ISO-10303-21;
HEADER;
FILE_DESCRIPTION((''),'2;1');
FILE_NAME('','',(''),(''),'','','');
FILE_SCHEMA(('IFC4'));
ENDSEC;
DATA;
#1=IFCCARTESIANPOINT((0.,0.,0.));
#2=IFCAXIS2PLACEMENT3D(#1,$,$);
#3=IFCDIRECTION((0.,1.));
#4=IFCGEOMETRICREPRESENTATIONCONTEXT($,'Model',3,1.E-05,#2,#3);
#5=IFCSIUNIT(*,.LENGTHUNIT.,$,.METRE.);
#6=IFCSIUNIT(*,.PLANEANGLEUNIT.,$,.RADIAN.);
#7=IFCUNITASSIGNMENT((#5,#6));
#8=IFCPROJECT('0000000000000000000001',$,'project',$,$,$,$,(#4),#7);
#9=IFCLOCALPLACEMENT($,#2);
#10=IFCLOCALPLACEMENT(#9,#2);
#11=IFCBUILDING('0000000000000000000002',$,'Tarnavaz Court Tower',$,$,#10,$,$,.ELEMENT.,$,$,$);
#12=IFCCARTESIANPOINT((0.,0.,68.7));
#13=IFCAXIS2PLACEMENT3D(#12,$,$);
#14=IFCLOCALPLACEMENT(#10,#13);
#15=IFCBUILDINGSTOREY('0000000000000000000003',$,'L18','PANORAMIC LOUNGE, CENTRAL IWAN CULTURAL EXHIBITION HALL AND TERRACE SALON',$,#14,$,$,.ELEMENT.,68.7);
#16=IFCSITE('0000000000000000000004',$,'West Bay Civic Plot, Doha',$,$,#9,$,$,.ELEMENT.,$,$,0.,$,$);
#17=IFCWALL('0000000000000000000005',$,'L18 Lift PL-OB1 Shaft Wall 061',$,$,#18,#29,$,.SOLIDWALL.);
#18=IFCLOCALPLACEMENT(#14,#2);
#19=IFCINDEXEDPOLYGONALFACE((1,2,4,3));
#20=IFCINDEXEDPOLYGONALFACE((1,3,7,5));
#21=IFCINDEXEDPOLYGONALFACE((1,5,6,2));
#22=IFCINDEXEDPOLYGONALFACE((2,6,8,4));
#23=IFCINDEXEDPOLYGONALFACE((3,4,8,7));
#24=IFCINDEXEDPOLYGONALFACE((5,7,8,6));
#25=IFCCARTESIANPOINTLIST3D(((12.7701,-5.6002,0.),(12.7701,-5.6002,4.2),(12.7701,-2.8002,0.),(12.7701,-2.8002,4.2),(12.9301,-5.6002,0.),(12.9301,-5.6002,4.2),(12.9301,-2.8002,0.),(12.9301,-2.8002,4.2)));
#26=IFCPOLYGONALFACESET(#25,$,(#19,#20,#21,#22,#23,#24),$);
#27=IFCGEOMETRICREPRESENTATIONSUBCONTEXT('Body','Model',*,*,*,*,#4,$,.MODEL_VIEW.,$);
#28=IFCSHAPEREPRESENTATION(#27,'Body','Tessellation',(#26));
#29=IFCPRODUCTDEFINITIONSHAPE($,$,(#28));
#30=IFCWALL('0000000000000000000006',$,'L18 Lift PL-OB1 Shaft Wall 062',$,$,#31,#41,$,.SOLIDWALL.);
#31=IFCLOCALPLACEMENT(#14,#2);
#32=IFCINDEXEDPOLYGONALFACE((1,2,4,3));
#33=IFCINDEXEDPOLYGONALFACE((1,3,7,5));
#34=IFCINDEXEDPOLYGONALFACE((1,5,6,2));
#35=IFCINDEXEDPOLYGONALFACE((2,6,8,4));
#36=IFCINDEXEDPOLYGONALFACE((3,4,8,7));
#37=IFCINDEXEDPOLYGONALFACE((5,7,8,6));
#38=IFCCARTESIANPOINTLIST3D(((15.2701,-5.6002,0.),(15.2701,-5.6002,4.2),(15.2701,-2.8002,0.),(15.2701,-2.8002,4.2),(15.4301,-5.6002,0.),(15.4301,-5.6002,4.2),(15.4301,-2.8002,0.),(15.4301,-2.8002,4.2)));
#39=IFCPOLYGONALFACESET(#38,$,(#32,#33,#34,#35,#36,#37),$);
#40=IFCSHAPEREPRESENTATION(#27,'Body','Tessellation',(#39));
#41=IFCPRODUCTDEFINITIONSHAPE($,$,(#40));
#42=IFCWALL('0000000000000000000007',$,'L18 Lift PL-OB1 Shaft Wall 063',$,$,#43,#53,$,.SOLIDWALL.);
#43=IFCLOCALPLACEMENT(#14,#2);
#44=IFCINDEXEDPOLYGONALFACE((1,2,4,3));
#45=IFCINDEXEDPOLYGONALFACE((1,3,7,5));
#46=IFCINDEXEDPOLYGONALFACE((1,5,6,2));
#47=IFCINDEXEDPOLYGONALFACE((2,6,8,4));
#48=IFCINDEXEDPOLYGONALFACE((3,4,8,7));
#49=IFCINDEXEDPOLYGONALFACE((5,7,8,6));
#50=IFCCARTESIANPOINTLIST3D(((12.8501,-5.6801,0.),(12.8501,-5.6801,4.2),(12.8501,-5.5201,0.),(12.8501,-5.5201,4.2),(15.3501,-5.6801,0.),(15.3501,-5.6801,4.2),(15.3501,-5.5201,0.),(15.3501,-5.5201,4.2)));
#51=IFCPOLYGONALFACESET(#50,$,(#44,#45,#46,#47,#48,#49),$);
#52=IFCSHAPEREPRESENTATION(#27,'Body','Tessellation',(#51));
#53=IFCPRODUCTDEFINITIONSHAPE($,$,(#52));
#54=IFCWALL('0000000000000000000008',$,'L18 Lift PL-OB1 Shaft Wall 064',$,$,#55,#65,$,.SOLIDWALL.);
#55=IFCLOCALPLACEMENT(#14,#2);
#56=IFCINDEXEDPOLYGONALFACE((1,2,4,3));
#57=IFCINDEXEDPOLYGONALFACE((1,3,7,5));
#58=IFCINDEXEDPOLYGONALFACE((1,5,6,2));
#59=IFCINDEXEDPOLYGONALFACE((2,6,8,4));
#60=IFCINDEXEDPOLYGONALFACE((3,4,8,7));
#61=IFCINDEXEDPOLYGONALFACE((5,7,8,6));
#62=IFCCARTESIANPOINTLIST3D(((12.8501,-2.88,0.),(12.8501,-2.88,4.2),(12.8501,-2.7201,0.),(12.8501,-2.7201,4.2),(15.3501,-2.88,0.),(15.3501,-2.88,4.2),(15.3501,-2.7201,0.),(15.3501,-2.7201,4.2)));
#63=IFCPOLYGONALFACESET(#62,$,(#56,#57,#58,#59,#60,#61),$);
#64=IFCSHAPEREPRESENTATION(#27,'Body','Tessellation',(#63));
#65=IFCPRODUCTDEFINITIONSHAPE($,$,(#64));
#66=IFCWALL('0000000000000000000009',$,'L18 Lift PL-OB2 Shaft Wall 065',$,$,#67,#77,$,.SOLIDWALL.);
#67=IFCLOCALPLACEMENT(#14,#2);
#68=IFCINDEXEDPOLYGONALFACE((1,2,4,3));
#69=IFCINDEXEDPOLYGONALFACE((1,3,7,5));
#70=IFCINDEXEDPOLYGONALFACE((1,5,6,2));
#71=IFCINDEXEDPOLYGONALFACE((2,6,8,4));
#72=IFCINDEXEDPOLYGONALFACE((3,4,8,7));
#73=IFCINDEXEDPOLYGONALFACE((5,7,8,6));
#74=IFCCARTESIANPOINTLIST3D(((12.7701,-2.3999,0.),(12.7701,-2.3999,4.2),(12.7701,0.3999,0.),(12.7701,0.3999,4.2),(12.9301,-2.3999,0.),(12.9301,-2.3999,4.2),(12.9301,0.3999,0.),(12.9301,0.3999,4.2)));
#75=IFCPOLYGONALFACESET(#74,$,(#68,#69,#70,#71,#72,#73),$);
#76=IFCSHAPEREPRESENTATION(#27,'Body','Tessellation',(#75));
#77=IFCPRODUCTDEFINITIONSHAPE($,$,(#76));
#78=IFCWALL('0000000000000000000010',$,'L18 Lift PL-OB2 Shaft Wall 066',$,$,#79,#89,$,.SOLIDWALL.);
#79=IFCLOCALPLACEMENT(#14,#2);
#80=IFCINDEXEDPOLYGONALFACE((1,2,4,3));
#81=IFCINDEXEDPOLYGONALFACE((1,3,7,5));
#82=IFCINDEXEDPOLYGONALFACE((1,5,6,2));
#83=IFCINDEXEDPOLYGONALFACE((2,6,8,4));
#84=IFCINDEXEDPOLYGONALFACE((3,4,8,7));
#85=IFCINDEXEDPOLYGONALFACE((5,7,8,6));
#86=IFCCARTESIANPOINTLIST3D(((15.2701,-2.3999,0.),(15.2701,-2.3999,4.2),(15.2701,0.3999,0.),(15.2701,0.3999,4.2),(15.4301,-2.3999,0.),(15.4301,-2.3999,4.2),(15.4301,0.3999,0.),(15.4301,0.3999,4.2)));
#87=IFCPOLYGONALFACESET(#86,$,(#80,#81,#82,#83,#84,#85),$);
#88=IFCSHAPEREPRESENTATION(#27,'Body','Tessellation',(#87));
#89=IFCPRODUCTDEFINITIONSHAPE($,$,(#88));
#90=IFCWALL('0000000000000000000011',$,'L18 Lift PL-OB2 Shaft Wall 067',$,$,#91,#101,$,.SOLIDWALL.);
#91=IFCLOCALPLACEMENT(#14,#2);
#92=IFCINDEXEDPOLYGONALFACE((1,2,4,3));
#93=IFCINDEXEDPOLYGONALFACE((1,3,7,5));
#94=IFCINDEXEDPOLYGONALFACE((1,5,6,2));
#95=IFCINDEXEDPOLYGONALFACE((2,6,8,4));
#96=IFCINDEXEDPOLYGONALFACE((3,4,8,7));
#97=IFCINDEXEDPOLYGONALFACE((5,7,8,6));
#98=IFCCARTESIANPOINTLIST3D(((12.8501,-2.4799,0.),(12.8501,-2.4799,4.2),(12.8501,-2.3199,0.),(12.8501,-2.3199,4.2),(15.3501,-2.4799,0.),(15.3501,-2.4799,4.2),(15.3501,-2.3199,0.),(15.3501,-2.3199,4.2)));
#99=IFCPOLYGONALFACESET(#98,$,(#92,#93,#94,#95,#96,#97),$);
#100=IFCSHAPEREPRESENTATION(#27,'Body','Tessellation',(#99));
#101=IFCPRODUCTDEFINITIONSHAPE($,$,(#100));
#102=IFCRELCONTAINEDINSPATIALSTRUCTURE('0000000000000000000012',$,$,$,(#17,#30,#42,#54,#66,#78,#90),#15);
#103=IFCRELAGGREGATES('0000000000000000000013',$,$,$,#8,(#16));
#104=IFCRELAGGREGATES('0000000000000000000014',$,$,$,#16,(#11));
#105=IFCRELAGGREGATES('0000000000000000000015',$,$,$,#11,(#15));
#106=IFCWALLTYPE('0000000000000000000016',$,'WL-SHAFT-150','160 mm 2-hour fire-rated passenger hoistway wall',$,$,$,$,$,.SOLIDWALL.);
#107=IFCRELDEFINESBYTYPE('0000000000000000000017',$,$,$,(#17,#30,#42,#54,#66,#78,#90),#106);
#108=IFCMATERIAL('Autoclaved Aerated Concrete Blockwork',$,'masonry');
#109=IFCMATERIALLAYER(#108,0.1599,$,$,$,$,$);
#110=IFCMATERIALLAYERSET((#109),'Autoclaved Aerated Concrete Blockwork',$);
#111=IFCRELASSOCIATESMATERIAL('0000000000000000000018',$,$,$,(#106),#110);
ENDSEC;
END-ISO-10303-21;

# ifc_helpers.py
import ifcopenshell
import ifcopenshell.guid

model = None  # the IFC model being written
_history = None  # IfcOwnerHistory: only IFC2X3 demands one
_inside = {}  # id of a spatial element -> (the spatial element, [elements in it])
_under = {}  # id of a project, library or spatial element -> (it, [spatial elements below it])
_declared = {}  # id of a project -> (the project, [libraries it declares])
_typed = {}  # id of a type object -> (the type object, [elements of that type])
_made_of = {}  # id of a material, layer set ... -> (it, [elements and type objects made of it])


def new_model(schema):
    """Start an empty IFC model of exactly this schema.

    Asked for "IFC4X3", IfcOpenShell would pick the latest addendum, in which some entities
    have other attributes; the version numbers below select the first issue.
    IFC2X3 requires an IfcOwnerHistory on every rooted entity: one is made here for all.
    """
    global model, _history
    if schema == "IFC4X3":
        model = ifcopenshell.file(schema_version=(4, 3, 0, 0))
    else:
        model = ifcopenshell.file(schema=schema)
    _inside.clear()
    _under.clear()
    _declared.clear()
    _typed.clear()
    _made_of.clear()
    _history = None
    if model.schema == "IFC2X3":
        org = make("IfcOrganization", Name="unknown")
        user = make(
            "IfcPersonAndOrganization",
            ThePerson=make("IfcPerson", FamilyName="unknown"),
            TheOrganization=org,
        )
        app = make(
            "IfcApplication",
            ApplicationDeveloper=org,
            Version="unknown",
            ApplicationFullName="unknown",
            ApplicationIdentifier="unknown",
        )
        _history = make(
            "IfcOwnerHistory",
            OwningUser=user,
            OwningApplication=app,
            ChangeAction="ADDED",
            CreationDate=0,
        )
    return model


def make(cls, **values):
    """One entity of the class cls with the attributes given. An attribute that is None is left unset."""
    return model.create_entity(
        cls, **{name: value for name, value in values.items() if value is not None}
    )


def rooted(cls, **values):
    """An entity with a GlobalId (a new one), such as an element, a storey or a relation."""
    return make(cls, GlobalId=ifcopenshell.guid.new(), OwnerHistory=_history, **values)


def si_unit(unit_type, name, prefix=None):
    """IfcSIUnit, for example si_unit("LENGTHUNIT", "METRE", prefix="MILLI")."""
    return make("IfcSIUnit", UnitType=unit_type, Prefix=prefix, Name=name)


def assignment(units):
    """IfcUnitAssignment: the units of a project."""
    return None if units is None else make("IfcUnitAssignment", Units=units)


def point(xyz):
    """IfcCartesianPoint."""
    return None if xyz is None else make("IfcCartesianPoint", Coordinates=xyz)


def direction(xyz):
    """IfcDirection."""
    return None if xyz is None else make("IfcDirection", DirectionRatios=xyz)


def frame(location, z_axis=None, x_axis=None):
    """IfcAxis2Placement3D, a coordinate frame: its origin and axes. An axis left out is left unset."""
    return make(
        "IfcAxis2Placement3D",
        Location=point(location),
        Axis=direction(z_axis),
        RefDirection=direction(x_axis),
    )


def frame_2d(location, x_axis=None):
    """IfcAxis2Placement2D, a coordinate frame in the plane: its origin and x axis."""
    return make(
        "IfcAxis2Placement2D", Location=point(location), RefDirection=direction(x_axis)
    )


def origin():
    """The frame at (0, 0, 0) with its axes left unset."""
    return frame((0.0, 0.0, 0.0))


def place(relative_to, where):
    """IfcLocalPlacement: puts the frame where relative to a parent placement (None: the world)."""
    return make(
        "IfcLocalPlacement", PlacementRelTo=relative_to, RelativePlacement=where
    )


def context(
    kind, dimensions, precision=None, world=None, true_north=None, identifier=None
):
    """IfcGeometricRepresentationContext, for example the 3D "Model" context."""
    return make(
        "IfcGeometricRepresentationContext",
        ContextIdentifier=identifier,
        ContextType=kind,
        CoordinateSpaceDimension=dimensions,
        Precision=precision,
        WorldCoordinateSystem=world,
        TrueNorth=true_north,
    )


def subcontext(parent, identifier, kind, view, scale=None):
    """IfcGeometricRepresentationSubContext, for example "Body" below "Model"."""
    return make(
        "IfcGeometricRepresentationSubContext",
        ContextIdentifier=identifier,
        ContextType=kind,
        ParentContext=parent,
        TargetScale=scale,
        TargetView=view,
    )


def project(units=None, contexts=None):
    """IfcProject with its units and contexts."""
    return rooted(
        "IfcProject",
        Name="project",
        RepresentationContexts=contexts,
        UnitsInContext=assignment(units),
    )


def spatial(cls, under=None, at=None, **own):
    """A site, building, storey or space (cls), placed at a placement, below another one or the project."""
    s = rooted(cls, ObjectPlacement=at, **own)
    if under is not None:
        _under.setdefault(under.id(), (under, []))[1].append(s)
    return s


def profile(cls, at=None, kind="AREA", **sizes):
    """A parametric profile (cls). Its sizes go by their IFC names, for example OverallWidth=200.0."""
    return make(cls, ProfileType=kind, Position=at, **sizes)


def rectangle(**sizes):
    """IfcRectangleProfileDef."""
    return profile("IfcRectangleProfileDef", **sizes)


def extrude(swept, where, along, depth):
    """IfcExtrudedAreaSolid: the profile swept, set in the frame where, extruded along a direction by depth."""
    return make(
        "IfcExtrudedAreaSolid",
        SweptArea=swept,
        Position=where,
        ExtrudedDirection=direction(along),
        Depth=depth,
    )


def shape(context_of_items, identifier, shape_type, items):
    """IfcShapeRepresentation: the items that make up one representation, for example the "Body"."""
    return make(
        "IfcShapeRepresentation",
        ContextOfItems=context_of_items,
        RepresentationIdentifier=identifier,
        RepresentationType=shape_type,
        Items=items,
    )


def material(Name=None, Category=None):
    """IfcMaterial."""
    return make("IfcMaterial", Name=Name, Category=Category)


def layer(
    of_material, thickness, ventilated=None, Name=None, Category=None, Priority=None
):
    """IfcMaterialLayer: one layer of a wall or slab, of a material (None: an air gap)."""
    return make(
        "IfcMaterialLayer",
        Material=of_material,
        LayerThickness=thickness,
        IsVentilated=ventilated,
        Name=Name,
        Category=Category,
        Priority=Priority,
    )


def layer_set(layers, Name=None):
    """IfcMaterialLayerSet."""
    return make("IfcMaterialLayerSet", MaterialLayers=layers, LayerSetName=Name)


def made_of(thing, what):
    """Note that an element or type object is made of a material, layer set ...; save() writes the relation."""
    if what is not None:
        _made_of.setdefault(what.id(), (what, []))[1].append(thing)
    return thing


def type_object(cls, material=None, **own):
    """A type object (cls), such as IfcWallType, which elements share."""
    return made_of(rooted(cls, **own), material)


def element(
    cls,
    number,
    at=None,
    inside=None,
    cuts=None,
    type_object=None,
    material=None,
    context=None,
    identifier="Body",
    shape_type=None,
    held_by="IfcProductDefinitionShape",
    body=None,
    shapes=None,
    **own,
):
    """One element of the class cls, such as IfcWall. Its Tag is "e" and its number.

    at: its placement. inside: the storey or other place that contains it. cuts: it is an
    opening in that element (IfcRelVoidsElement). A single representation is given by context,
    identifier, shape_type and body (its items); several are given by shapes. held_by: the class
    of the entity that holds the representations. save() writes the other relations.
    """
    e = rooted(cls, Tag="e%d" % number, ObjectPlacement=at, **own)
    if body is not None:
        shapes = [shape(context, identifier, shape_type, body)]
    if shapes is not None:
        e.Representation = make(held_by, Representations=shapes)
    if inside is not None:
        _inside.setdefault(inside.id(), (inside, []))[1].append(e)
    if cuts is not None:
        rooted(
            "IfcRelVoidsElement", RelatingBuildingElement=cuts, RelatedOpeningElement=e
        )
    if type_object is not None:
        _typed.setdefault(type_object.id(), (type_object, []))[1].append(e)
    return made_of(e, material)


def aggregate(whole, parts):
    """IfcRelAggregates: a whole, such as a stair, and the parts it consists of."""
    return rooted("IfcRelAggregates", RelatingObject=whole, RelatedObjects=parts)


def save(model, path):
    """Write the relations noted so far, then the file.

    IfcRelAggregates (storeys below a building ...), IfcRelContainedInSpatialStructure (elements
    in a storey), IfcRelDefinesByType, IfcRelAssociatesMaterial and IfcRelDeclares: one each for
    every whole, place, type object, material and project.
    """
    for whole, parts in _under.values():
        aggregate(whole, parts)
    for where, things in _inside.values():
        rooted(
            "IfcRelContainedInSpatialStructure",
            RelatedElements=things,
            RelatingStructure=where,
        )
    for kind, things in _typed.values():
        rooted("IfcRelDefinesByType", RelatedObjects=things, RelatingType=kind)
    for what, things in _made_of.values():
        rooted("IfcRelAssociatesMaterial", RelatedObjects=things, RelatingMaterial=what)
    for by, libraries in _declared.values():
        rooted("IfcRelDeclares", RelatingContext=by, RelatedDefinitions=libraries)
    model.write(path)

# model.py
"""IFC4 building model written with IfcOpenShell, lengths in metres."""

from ifc_helpers import new_model, si_unit, direction, frame, frame_2d, origin, place, context, subcontext, project, spatial, rectangle, extrude, material, layer, layer_set, type_object, element, save


model = new_model("IFC4")

# Units and contexts
model_context = context("Model", 3, precision=1e-05, world=origin(), true_north=direction((0.0, 1.0)))
body_context = subcontext(model_context, "Body", "Model", "MODEL_VIEW")
ifc_project = project(units=[si_unit("LENGTHUNIT", "METRE"), si_unit("PLANEANGLEUNIT", "RADIAN")], contexts=[model_context])

# Site, building, storey
site_placement = place(None, origin())
site = spatial("IfcSite", under=ifc_project, at=site_placement, Name="West Bay Civic Plot, Doha", CompositionType="ELEMENT", RefElevation=0.0)
building_placement = place(site_placement, origin())
building = spatial("IfcBuilding", under=site, at=building_placement, Name="Tarnavaz Court Tower", CompositionType="ELEMENT")
storey_placement = place(building_placement, frame((0.0, 0.0, 68.7)))
storey = spatial("IfcBuildingStorey", under=building, at=storey_placement, Name="L18", Description="PANORAMIC LOUNGE, CENTRAL IWAN CULTURAL EXHIBITION HALL AND TERRACE SALON", CompositionType="ELEMENT", Elevation=68.7)

# Walls
ifc_material_1 = material(Name="Autoclaved Aerated Concrete Blockwork", Category="masonry")
ifc_layer_1 = layer(ifc_material_1, 0.1599)
ifc_layer_set_1 = layer_set([ifc_layer_1], Name="Autoclaved Aerated Concrete Blockwork")
wall_type_1 = type_object("IfcWallType", Name="WL-SHAFT-150", Description="160 mm 2-hour fire-rated passenger hoistway wall", PredefinedType="SOLIDWALL", material=ifc_layer_set_1)
for number, where, z_axis, x_axis, name in (
    (1, (12.8501, -5.6001, 0.0), (0.0, 0.0, 1.0), (0.0, 1.0, 0.0), "L18 Lift PL-OB1 Shaft Wall 061"),
    (2, (15.3501, -5.6001, 0.0), (0.0, 0.0, 1.0), (0.0, 1.0, 0.0), "L18 Lift PL-OB1 Shaft Wall 062"),
):
    element("IfcWall", number, at=place(storey_placement, frame(where, z_axis=z_axis, x_axis=x_axis)), inside=storey, type_object=wall_type_1, Name=name, PredefinedType="SOLIDWALL", context=body_context, shape_type="SweptSolid", body=[
        extrude(rectangle(XDim=2.8, YDim=0.1599, at=frame_2d((1.3999, 0.0))), origin(), (0.0, 0.0, 1.0), 4.2),
    ])
for number, where, z_axis, x_axis, name in (
    (3, (12.8501, -5.6001, 0.0), (0.0, 0.0, 1.0), (1.0, 0.0, 0.0), "L18 Lift PL-OB1 Shaft Wall 063"),
    (4, (12.8501, -2.8, 0.0), (0.0, 0.0, 1.0), (1.0, 0.0, 0.0), "L18 Lift PL-OB1 Shaft Wall 064"),
):
    element("IfcWall", number, at=place(storey_placement, frame(where, z_axis=z_axis, x_axis=x_axis)), inside=storey, type_object=wall_type_1, Name=name, PredefinedType="SOLIDWALL", context=body_context, shape_type="SweptSolid", body=[
        extrude(rectangle(XDim=2.5, YDim=0.1599, at=frame_2d((1.25, 0.0))), origin(), (0.0, 0.0, 1.0), 4.2),
    ])
for number, where, z_axis, x_axis, name in (
    (5, (12.8501, -2.3999, 0.0), (0.0, 0.0, 1.0), (0.0, 1.0, 0.0), "L18 Lift PL-OB2 Shaft Wall 065"),
    (6, (15.3501, -2.3999, 0.0), (0.0, 0.0, 1.0), (0.0, 1.0, 0.0), "L18 Lift PL-OB2 Shaft Wall 066"),
):
    element("IfcWall", number, at=place(storey_placement, frame(where, z_axis=z_axis, x_axis=x_axis)), inside=storey, type_object=wall_type_1, Name=name, PredefinedType="SOLIDWALL", context=body_context, shape_type="SweptSolid", body=[
        extrude(rectangle(XDim=2.7998, YDim=0.1599, at=frame_2d((1.3999, 0.0))), origin(), (0.0, 0.0, 1.0), 4.2),
    ])
wall_1_placement = place(storey_placement, frame((12.8501, -2.3999, 0.0), z_axis=(0.0, 0.0, 1.0), x_axis=(1.0, 0.0, 0.0)))
element("IfcWall", 7, at=wall_1_placement, inside=storey, type_object=wall_type_1, Name="L18 Lift PL-OB2 Shaft Wall 067", PredefinedType="SOLIDWALL", context=body_context, shape_type="SweptSolid", body=[
    extrude(rectangle(XDim=2.5, YDim=0.1599, at=frame_2d((1.25, 0.0))), origin(), (0.0, 0.0, 1.0), 4.2),
])

save(model, "model.ifc")
